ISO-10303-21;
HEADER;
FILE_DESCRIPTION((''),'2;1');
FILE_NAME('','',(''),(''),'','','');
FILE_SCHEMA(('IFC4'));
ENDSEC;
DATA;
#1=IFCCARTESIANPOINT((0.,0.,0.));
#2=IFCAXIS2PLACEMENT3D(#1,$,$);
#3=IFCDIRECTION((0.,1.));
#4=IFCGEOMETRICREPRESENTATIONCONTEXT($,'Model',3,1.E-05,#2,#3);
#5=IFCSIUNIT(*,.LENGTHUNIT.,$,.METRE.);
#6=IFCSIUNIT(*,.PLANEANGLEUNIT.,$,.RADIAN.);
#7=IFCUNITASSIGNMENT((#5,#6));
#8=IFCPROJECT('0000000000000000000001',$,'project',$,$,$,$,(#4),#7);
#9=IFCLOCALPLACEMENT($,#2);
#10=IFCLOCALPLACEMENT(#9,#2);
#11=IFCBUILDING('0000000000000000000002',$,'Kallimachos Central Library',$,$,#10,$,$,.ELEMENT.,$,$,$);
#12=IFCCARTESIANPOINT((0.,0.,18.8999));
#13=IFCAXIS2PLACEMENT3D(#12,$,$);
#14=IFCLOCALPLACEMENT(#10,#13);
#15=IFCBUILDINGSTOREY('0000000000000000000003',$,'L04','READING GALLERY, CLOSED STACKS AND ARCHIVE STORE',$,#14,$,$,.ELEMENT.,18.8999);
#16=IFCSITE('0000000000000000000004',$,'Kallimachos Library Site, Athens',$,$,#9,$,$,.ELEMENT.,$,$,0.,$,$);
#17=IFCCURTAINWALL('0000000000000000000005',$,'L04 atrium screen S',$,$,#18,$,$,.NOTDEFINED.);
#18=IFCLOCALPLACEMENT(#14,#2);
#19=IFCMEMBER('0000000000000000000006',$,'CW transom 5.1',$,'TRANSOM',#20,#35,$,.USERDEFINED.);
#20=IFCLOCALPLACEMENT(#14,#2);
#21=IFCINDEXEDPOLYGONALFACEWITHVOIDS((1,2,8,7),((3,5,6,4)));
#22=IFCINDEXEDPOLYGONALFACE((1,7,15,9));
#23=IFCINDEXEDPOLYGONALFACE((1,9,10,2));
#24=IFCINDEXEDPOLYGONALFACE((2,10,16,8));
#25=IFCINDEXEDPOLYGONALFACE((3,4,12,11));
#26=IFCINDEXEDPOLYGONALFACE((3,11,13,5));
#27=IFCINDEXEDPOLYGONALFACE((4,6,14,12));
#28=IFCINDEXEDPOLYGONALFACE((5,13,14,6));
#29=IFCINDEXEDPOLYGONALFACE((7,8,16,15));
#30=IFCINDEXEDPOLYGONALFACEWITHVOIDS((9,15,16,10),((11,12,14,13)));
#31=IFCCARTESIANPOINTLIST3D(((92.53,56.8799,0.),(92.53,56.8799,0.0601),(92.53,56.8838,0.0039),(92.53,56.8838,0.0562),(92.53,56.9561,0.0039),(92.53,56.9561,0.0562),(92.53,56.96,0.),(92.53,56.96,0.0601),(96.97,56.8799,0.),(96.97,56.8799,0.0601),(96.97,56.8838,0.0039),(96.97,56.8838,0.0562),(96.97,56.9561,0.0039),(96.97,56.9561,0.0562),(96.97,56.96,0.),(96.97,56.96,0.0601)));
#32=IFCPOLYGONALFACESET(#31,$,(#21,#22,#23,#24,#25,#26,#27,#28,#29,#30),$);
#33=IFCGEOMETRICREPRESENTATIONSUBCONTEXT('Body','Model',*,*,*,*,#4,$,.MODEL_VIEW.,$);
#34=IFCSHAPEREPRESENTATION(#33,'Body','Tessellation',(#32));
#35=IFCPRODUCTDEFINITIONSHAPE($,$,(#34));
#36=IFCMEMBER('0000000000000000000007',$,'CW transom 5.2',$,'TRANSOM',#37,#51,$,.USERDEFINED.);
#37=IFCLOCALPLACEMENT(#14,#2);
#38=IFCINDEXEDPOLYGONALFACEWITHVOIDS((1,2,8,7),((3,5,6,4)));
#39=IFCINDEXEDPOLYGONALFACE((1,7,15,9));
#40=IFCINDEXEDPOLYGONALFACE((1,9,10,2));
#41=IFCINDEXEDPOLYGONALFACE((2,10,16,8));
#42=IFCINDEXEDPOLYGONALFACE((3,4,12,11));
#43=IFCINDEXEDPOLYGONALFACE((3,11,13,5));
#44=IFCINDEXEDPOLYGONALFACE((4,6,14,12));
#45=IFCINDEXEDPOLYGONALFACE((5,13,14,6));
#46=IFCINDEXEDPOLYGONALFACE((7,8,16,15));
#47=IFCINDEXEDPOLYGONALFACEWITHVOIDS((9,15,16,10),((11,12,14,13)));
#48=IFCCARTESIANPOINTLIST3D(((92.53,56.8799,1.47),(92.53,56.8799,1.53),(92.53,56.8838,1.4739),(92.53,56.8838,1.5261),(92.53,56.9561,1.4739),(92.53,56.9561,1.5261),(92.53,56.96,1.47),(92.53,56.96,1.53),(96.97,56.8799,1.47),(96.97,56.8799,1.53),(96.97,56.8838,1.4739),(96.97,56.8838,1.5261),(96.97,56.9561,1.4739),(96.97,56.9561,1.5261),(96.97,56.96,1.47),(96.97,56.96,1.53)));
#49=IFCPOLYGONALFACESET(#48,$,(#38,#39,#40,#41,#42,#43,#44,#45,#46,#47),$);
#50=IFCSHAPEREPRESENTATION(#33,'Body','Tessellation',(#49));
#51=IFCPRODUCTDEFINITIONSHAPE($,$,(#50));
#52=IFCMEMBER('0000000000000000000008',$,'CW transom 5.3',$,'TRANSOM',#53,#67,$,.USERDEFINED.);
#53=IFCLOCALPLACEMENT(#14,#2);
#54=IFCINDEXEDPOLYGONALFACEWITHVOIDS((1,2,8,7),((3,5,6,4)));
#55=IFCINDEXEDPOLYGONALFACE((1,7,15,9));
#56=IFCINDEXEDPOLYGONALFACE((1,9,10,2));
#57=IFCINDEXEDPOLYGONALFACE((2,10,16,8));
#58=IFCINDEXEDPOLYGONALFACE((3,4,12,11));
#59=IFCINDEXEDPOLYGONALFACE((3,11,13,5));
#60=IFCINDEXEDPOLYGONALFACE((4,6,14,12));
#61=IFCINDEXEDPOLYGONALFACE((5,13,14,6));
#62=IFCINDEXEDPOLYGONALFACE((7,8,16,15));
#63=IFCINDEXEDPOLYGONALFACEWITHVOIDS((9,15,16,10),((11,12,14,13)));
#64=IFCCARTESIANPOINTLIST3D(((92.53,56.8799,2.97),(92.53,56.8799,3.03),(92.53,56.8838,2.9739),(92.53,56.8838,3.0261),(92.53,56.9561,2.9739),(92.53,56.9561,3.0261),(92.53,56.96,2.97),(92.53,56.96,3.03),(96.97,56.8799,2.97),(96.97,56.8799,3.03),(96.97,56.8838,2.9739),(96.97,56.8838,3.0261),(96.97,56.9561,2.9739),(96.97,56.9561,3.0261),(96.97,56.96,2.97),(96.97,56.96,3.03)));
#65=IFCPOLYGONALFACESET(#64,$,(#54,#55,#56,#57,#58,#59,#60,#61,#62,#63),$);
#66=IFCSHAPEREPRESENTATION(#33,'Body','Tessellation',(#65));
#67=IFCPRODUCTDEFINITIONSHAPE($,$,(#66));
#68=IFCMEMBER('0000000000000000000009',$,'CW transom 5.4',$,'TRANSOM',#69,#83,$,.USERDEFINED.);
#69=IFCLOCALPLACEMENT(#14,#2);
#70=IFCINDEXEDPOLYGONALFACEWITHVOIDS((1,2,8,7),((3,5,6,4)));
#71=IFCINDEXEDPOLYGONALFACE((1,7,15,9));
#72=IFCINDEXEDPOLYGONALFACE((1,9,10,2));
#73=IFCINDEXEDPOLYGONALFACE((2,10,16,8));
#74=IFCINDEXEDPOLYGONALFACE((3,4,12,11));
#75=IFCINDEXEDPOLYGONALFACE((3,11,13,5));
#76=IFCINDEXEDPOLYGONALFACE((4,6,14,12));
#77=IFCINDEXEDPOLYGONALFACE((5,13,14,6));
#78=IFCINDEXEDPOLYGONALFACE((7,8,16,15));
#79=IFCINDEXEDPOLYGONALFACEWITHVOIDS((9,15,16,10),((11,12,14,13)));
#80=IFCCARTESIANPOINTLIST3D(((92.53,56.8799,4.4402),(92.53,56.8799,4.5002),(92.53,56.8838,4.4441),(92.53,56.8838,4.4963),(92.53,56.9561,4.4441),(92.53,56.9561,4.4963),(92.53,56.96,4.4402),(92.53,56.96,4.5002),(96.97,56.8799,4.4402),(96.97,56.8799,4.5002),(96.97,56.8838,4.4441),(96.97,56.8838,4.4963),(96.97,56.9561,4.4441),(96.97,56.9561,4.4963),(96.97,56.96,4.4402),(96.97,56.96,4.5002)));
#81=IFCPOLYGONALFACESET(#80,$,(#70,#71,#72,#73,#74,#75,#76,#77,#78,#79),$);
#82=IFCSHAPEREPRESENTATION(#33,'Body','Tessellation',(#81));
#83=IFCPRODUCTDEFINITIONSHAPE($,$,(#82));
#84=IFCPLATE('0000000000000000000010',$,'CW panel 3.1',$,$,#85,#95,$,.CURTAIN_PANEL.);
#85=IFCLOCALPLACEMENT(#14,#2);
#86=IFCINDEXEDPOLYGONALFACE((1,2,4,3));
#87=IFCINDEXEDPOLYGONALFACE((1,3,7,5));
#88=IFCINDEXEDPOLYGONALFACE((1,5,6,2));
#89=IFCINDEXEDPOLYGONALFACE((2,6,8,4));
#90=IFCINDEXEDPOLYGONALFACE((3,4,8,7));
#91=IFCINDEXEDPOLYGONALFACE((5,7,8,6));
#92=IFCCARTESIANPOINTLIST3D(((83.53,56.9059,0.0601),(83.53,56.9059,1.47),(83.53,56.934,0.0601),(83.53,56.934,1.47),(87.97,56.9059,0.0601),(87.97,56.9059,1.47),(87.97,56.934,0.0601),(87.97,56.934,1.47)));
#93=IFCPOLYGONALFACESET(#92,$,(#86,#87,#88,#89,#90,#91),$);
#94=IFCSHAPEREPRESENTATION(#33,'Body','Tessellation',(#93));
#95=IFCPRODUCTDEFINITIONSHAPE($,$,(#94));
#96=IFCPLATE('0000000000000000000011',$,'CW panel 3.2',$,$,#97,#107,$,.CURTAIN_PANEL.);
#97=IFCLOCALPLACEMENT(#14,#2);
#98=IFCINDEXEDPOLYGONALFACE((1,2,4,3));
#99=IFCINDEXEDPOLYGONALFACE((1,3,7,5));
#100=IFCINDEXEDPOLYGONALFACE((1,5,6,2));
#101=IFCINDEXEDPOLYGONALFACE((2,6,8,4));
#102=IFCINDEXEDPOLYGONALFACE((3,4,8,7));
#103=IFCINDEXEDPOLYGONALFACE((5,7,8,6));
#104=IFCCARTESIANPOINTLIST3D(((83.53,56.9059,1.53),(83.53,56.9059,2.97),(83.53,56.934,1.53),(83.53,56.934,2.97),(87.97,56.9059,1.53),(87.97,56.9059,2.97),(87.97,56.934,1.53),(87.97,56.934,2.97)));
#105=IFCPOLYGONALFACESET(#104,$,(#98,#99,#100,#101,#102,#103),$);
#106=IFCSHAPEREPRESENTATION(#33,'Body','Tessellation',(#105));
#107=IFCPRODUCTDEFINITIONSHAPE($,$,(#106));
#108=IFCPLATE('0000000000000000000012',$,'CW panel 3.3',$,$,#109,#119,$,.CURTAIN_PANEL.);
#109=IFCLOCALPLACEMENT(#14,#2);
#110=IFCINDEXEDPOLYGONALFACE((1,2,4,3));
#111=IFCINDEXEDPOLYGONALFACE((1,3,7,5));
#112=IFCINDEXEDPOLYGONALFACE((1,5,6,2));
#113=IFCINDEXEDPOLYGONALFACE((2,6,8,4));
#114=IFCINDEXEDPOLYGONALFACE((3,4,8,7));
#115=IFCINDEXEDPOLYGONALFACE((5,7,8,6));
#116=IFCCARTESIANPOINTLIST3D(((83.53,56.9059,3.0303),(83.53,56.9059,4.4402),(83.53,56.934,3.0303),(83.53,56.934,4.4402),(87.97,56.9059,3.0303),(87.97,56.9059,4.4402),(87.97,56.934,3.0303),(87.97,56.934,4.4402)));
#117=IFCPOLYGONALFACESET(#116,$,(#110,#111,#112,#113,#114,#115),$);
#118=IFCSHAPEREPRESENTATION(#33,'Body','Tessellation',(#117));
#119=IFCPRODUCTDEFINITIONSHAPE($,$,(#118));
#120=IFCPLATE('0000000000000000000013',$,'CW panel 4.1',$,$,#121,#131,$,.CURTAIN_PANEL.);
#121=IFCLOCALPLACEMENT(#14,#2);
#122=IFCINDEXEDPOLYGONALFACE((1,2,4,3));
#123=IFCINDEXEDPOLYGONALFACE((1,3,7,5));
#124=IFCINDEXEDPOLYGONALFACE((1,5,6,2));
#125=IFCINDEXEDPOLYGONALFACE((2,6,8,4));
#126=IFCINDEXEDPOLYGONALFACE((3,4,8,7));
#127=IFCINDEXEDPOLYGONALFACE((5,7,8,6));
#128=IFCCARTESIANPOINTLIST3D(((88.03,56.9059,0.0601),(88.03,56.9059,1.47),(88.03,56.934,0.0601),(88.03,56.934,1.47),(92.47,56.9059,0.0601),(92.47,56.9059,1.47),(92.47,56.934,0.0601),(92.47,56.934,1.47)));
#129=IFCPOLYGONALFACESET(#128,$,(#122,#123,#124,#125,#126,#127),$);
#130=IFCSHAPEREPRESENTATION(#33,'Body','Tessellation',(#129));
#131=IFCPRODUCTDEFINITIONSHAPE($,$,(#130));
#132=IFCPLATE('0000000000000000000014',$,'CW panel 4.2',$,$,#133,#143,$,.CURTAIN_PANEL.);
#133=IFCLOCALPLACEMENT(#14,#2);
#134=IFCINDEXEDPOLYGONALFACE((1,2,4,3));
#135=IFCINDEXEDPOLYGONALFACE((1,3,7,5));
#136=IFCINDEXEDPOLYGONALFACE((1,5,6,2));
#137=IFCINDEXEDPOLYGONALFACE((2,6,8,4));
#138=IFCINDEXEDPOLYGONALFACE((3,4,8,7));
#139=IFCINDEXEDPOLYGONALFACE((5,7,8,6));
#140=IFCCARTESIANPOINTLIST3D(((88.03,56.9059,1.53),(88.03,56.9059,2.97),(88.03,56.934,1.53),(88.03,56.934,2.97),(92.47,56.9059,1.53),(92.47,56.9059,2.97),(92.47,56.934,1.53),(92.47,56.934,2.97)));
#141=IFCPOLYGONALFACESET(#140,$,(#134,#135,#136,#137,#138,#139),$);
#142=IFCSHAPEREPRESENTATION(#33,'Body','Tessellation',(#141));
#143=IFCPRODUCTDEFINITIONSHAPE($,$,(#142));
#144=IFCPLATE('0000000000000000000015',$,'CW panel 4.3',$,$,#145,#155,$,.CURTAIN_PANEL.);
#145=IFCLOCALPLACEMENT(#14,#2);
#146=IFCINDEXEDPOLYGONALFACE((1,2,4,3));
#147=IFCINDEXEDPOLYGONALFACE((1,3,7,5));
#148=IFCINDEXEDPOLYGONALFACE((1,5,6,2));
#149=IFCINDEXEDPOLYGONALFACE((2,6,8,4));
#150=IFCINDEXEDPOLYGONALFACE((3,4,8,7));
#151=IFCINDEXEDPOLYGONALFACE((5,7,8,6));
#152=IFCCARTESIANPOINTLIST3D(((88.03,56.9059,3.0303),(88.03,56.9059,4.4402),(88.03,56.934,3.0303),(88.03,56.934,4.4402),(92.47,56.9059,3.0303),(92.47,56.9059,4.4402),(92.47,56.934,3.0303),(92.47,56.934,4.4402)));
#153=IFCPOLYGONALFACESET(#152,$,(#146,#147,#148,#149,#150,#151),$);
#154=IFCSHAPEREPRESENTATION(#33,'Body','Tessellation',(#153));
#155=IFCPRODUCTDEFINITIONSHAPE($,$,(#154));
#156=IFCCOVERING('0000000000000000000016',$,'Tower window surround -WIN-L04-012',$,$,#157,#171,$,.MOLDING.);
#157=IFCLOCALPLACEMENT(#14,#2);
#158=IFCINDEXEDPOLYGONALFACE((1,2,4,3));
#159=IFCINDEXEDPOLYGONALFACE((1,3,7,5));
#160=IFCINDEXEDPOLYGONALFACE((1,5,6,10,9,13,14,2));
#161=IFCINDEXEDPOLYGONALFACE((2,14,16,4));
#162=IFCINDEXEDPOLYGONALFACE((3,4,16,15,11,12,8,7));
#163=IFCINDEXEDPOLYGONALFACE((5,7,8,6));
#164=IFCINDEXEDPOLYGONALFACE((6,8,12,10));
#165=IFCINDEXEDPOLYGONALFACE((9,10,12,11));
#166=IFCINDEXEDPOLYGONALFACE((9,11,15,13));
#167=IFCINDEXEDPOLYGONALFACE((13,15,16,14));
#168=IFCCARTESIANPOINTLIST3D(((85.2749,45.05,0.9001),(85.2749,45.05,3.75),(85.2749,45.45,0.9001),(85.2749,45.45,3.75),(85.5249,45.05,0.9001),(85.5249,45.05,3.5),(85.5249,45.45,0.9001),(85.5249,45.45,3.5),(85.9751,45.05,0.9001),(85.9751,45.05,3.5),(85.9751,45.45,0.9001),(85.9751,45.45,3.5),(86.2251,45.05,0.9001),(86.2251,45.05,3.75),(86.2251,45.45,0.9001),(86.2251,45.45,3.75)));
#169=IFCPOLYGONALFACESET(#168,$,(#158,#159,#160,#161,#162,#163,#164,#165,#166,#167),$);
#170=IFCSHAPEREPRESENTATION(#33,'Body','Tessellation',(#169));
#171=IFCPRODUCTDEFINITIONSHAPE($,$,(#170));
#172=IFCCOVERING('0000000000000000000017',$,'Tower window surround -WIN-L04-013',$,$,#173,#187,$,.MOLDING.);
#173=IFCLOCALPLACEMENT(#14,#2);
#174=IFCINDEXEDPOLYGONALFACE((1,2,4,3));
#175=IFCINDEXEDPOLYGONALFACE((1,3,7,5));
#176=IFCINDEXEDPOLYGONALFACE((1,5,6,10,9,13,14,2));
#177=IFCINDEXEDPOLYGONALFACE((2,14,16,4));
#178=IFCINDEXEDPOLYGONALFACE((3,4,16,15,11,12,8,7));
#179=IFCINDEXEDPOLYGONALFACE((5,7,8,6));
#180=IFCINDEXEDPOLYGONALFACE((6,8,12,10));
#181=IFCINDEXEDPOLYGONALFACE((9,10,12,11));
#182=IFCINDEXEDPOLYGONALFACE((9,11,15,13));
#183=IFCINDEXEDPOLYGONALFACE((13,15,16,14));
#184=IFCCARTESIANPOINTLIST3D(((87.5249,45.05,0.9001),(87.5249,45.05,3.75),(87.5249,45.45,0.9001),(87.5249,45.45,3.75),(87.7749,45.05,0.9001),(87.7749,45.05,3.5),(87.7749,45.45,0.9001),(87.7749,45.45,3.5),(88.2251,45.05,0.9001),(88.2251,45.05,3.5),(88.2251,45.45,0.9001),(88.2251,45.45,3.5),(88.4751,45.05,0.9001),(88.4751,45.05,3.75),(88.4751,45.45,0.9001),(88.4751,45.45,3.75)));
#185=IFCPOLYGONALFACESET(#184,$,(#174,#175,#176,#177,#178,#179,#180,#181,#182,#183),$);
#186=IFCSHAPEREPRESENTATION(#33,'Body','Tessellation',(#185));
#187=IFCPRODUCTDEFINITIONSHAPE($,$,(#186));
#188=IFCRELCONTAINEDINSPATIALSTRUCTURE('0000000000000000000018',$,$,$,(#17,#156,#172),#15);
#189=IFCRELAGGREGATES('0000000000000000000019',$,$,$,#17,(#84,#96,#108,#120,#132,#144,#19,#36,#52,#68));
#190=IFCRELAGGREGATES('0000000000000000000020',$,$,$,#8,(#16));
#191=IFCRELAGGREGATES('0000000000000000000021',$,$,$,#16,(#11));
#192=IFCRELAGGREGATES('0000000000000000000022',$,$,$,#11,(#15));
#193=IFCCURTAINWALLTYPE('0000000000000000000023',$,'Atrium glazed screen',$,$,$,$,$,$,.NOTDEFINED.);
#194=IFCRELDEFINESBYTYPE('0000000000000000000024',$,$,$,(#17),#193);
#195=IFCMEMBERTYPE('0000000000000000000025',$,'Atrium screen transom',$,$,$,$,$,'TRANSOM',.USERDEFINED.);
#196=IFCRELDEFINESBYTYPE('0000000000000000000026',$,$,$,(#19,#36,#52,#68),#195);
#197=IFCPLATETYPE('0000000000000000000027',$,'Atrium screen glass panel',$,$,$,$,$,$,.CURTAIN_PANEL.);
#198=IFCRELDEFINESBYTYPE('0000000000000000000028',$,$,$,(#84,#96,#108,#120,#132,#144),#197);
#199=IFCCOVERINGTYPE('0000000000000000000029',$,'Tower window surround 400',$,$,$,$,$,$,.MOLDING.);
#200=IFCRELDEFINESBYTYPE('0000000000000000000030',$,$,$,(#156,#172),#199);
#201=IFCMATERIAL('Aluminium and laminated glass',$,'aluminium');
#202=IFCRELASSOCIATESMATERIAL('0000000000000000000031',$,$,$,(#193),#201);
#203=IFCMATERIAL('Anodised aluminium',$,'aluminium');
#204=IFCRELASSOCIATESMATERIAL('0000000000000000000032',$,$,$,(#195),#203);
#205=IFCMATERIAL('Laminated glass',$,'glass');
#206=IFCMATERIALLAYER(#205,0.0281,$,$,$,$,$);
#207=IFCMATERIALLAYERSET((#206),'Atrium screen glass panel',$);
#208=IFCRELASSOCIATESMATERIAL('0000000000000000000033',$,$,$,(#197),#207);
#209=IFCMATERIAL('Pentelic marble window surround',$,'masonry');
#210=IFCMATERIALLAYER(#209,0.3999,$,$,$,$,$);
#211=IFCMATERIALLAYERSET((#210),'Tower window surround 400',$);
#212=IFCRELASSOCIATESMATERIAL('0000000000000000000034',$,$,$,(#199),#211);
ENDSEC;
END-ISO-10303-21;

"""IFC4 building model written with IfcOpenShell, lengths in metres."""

from ifc_helpers import new_model, si_unit, direction, frame, origin, origin_2d, place, context, subcontext, project, spatial, polyline, rectangle, hollow_rectangle, outline, extrude, material, layer, layer_set, material_profile, profile_set, type_object, element, aggregate, save


model = new_model("IFC4")

# Units and contexts
model_context = context("Model", 3, precision=1e-05, world=origin(), true_north=direction((0.0, 1.0)))
body_context = subcontext(model_context, "Body", "Model", "MODEL_VIEW")
ifc_project = project(units=[si_unit("LENGTHUNIT", "METRE"), si_unit("PLANEANGLEUNIT", "RADIAN")], contexts=[model_context])

# Site, building, storey
site_placement = place(None, origin())
site = spatial("IfcSite", under=ifc_project, at=site_placement, Name="Kallimachos Library Site, Athens", CompositionType="ELEMENT", RefElevation=0.0)
building_placement = place(site_placement, origin())
building = spatial("IfcBuilding", under=site, at=building_placement, Name="Kallimachos Central Library", CompositionType="ELEMENT")
storey_placement = place(building_placement, frame((0.0, 0.0, 18.8999)))
storey = spatial("IfcBuildingStorey", under=building, at=storey_placement, Name="L04", Description="READING GALLERY, CLOSED STACKS AND ARCHIVE STORE", CompositionType="ELEMENT", Elevation=18.8999)

# Curtain wall, members, plates
ifc_material_1 = material(Name="Aluminium and laminated glass", Category="aluminium")
curtain_wall_type = type_object("IfcCurtainWallType", Name="Atrium glazed screen", PredefinedType="NOTDEFINED", material=ifc_material_1)
curtain_wall_placement = place(storey_placement, origin())
curtain_wall = element("IfcCurtainWall", 1, at=curtain_wall_placement, inside=storey, type_object=curtain_wall_type, Name="L04 atrium screen S", PredefinedType="NOTDEFINED")
ifc_material_2 = material(Name="Anodised aluminium", Category="aluminium")
ifc_material_profile_1 = material_profile(ifc_material_2, hollow_rectangle(XDim=0.0601, YDim=0.0801, WallThickness=0.0039, at=origin_2d()), Name="ALU TRANSOM 60x80")
ifc_profile_set_1 = profile_set([ifc_material_profile_1], Name="Anodised aluminium")
member_type_1 = type_object("IfcMemberType", Name="Atrium screen transom", ElementType="TRANSOM", PredefinedType="USERDEFINED", material=ifc_profile_set_1)
member_1_placement = place(storey_placement, frame((92.53, 56.9199, 0.03), z_axis=(1.0, 0.0, 0.0), x_axis=(0.0, 0.0, 1.0)))
member_1 = element("IfcMember", 2, at=member_1_placement, type_object=member_type_1, Name="CW transom 5.1", ObjectType="TRANSOM", PredefinedType="USERDEFINED", context=body_context, shape_type="SweptSolid", body=[
    extrude(hollow_rectangle(XDim=0.0601, YDim=0.0801, WallThickness=0.0039, at=origin_2d()), origin(), (0.0, 0.0, 1.0), 4.4399),
])
member_2_placement = place(storey_placement, frame((92.53, 56.9199, 1.5), z_axis=(1.0, 0.0, 0.0), x_axis=(0.0, 0.0, 1.0)))
member_2 = element("IfcMember", 3, at=member_2_placement, type_object=member_type_1, Name="CW transom 5.2", ObjectType="TRANSOM", PredefinedType="USERDEFINED", context=body_context, shape_type="SweptSolid", body=[
    extrude(hollow_rectangle(XDim=0.0601, YDim=0.0801, WallThickness=0.0039, at=origin_2d()), origin(), (0.0, 0.0, 1.0), 4.4399),
])
member_3_placement = place(storey_placement, frame((92.53, 56.9199, 3.0), z_axis=(1.0, 0.0, 0.0), x_axis=(0.0, 0.0, 1.0)))
member_3 = element("IfcMember", 4, at=member_3_placement, type_object=member_type_1, Name="CW transom 5.3", ObjectType="TRANSOM", PredefinedType="USERDEFINED", context=body_context, shape_type="SweptSolid", body=[
    extrude(hollow_rectangle(XDim=0.0601, YDim=0.0801, WallThickness=0.0039, at=origin_2d()), origin(), (0.0, 0.0, 1.0), 4.4399),
])
member_4_placement = place(storey_placement, frame((92.53, 56.9199, 4.4702), z_axis=(1.0, 0.0, 0.0), x_axis=(0.0, 0.0, 1.0)))
member_4 = element("IfcMember", 5, at=member_4_placement, type_object=member_type_1, Name="CW transom 5.4", ObjectType="TRANSOM", PredefinedType="USERDEFINED", context=body_context, shape_type="SweptSolid", body=[
    extrude(hollow_rectangle(XDim=0.0601, YDim=0.0801, WallThickness=0.0039, at=origin_2d()), origin(), (0.0, 0.0, 1.0), 4.4399),
])
ifc_material_3 = material(Name="Laminated glass", Category="glass")
ifc_layer_1 = layer(ifc_material_3, 0.0281)
ifc_layer_set_1 = layer_set([ifc_layer_1], Name="Atrium screen glass panel")
plate_type = type_object("IfcPlateType", Name="Atrium screen glass panel", PredefinedType="CURTAIN_PANEL", material=ifc_layer_set_1)
plate_1_placement = place(storey_placement, frame((85.75, 56.9199, 0.0601), z_axis=(0.0, 0.0, 1.0), x_axis=(1.0, 0.0, 0.0)))
plate_1 = element("IfcPlate", 6, at=plate_1_placement, type_object=plate_type, Name="CW panel 3.1", PredefinedType="CURTAIN_PANEL", context=body_context, shape_type="SweptSolid", body=[
    extrude(rectangle(XDim=4.4399, YDim=0.0281, at=origin_2d()), origin(), (0.0, 0.0, 1.0), 1.4099),
])
plate_2_placement = place(storey_placement, frame((85.75, 56.9199, 1.53), z_axis=(0.0, 0.0, 1.0), x_axis=(1.0, 0.0, 0.0)))
plate_2 = element("IfcPlate", 7, at=plate_2_placement, type_object=plate_type, Name="CW panel 3.2", PredefinedType="CURTAIN_PANEL", context=body_context, shape_type="SweptSolid", body=[
    extrude(rectangle(XDim=4.4399, YDim=0.0281, at=origin_2d()), origin(), (0.0, 0.0, 1.0), 1.4399),
])
plate_3_placement = place(storey_placement, frame((85.75, 56.9199, 3.0303), z_axis=(0.0, 0.0, 1.0), x_axis=(1.0, 0.0, 0.0)))
plate_3 = element("IfcPlate", 8, at=plate_3_placement, type_object=plate_type, Name="CW panel 3.3", PredefinedType="CURTAIN_PANEL", context=body_context, shape_type="SweptSolid", body=[
    extrude(rectangle(XDim=4.4399, YDim=0.0281, at=origin_2d()), origin(), (0.0, 0.0, 1.0), 1.4099),
])
plate_4_placement = place(storey_placement, frame((90.25, 56.9199, 0.0601), z_axis=(0.0, 0.0, 1.0), x_axis=(1.0, 0.0, 0.0)))
plate_4 = element("IfcPlate", 9, at=plate_4_placement, type_object=plate_type, Name="CW panel 4.1", PredefinedType="CURTAIN_PANEL", context=body_context, shape_type="SweptSolid", body=[
    extrude(rectangle(XDim=4.4399, YDim=0.0281, at=origin_2d()), origin(), (0.0, 0.0, 1.0), 1.4099),
])
plate_5_placement = place(storey_placement, frame((90.25, 56.9199, 1.53), z_axis=(0.0, 0.0, 1.0), x_axis=(1.0, 0.0, 0.0)))
plate_5 = element("IfcPlate", 10, at=plate_5_placement, type_object=plate_type, Name="CW panel 4.2", PredefinedType="CURTAIN_PANEL", context=body_context, shape_type="SweptSolid", body=[
    extrude(rectangle(XDim=4.4399, YDim=0.0281, at=origin_2d()), origin(), (0.0, 0.0, 1.0), 1.4399),
])
plate_6_placement = place(storey_placement, frame((90.25, 56.9199, 3.0303), z_axis=(0.0, 0.0, 1.0), x_axis=(1.0, 0.0, 0.0)))
plate_6 = element("IfcPlate", 11, at=plate_6_placement, type_object=plate_type, Name="CW panel 4.3", PredefinedType="CURTAIN_PANEL", context=body_context, shape_type="SweptSolid", body=[
    extrude(rectangle(XDim=4.4399, YDim=0.0281, at=origin_2d()), origin(), (0.0, 0.0, 1.0), 1.4099),
])
aggregate(curtain_wall, [plate_1, plate_2, plate_3, plate_4, plate_5, plate_6, member_1, member_2, member_3, member_4])

# Coverings
ifc_material_4 = material(Name="Pentelic marble window surround", Category="masonry")
ifc_layer_2 = layer(ifc_material_4, 0.3999)
ifc_layer_set_2 = layer_set([ifc_layer_2], Name="Tower window surround 400")
covering_type = type_object("IfcCoveringType", Name="Tower window surround 400", PredefinedType="MOLDING", material=ifc_layer_set_2)
for number, where, z_axis, x_axis, name in (
    (12, (85.2749, 45.45, 0.9001), (0.0, 1.0, 0.0), (0.0, 0.0, 1.0), "Tower window surround -WIN-L04-012"),
    (13, (87.5249, 45.45, 0.9001), (0.0, 1.0, 0.0), (0.0, 0.0, 1.0), "Tower window surround -WIN-L04-013"),
):
    element("IfcCovering", number, at=place(storey_placement, frame(where, z_axis=z_axis, x_axis=x_axis)), inside=storey, type_object=covering_type, Name=name, PredefinedType="MOLDING", context=body_context, shape_type="SweptSolid", body=[
        extrude(outline(polyline([(0.0, 0.0), (2.8499, 0.0), (2.8499, 0.9502), (0.0, 0.9502), (0.0, 0.7002), (2.5999, 0.7002), (2.5999, 0.25), (0.0, 0.25), (0.0, 0.0)])), origin(), (0.0, 0.0, -1.0), 0.3999),
    ])

save(model, "model.ifc")
